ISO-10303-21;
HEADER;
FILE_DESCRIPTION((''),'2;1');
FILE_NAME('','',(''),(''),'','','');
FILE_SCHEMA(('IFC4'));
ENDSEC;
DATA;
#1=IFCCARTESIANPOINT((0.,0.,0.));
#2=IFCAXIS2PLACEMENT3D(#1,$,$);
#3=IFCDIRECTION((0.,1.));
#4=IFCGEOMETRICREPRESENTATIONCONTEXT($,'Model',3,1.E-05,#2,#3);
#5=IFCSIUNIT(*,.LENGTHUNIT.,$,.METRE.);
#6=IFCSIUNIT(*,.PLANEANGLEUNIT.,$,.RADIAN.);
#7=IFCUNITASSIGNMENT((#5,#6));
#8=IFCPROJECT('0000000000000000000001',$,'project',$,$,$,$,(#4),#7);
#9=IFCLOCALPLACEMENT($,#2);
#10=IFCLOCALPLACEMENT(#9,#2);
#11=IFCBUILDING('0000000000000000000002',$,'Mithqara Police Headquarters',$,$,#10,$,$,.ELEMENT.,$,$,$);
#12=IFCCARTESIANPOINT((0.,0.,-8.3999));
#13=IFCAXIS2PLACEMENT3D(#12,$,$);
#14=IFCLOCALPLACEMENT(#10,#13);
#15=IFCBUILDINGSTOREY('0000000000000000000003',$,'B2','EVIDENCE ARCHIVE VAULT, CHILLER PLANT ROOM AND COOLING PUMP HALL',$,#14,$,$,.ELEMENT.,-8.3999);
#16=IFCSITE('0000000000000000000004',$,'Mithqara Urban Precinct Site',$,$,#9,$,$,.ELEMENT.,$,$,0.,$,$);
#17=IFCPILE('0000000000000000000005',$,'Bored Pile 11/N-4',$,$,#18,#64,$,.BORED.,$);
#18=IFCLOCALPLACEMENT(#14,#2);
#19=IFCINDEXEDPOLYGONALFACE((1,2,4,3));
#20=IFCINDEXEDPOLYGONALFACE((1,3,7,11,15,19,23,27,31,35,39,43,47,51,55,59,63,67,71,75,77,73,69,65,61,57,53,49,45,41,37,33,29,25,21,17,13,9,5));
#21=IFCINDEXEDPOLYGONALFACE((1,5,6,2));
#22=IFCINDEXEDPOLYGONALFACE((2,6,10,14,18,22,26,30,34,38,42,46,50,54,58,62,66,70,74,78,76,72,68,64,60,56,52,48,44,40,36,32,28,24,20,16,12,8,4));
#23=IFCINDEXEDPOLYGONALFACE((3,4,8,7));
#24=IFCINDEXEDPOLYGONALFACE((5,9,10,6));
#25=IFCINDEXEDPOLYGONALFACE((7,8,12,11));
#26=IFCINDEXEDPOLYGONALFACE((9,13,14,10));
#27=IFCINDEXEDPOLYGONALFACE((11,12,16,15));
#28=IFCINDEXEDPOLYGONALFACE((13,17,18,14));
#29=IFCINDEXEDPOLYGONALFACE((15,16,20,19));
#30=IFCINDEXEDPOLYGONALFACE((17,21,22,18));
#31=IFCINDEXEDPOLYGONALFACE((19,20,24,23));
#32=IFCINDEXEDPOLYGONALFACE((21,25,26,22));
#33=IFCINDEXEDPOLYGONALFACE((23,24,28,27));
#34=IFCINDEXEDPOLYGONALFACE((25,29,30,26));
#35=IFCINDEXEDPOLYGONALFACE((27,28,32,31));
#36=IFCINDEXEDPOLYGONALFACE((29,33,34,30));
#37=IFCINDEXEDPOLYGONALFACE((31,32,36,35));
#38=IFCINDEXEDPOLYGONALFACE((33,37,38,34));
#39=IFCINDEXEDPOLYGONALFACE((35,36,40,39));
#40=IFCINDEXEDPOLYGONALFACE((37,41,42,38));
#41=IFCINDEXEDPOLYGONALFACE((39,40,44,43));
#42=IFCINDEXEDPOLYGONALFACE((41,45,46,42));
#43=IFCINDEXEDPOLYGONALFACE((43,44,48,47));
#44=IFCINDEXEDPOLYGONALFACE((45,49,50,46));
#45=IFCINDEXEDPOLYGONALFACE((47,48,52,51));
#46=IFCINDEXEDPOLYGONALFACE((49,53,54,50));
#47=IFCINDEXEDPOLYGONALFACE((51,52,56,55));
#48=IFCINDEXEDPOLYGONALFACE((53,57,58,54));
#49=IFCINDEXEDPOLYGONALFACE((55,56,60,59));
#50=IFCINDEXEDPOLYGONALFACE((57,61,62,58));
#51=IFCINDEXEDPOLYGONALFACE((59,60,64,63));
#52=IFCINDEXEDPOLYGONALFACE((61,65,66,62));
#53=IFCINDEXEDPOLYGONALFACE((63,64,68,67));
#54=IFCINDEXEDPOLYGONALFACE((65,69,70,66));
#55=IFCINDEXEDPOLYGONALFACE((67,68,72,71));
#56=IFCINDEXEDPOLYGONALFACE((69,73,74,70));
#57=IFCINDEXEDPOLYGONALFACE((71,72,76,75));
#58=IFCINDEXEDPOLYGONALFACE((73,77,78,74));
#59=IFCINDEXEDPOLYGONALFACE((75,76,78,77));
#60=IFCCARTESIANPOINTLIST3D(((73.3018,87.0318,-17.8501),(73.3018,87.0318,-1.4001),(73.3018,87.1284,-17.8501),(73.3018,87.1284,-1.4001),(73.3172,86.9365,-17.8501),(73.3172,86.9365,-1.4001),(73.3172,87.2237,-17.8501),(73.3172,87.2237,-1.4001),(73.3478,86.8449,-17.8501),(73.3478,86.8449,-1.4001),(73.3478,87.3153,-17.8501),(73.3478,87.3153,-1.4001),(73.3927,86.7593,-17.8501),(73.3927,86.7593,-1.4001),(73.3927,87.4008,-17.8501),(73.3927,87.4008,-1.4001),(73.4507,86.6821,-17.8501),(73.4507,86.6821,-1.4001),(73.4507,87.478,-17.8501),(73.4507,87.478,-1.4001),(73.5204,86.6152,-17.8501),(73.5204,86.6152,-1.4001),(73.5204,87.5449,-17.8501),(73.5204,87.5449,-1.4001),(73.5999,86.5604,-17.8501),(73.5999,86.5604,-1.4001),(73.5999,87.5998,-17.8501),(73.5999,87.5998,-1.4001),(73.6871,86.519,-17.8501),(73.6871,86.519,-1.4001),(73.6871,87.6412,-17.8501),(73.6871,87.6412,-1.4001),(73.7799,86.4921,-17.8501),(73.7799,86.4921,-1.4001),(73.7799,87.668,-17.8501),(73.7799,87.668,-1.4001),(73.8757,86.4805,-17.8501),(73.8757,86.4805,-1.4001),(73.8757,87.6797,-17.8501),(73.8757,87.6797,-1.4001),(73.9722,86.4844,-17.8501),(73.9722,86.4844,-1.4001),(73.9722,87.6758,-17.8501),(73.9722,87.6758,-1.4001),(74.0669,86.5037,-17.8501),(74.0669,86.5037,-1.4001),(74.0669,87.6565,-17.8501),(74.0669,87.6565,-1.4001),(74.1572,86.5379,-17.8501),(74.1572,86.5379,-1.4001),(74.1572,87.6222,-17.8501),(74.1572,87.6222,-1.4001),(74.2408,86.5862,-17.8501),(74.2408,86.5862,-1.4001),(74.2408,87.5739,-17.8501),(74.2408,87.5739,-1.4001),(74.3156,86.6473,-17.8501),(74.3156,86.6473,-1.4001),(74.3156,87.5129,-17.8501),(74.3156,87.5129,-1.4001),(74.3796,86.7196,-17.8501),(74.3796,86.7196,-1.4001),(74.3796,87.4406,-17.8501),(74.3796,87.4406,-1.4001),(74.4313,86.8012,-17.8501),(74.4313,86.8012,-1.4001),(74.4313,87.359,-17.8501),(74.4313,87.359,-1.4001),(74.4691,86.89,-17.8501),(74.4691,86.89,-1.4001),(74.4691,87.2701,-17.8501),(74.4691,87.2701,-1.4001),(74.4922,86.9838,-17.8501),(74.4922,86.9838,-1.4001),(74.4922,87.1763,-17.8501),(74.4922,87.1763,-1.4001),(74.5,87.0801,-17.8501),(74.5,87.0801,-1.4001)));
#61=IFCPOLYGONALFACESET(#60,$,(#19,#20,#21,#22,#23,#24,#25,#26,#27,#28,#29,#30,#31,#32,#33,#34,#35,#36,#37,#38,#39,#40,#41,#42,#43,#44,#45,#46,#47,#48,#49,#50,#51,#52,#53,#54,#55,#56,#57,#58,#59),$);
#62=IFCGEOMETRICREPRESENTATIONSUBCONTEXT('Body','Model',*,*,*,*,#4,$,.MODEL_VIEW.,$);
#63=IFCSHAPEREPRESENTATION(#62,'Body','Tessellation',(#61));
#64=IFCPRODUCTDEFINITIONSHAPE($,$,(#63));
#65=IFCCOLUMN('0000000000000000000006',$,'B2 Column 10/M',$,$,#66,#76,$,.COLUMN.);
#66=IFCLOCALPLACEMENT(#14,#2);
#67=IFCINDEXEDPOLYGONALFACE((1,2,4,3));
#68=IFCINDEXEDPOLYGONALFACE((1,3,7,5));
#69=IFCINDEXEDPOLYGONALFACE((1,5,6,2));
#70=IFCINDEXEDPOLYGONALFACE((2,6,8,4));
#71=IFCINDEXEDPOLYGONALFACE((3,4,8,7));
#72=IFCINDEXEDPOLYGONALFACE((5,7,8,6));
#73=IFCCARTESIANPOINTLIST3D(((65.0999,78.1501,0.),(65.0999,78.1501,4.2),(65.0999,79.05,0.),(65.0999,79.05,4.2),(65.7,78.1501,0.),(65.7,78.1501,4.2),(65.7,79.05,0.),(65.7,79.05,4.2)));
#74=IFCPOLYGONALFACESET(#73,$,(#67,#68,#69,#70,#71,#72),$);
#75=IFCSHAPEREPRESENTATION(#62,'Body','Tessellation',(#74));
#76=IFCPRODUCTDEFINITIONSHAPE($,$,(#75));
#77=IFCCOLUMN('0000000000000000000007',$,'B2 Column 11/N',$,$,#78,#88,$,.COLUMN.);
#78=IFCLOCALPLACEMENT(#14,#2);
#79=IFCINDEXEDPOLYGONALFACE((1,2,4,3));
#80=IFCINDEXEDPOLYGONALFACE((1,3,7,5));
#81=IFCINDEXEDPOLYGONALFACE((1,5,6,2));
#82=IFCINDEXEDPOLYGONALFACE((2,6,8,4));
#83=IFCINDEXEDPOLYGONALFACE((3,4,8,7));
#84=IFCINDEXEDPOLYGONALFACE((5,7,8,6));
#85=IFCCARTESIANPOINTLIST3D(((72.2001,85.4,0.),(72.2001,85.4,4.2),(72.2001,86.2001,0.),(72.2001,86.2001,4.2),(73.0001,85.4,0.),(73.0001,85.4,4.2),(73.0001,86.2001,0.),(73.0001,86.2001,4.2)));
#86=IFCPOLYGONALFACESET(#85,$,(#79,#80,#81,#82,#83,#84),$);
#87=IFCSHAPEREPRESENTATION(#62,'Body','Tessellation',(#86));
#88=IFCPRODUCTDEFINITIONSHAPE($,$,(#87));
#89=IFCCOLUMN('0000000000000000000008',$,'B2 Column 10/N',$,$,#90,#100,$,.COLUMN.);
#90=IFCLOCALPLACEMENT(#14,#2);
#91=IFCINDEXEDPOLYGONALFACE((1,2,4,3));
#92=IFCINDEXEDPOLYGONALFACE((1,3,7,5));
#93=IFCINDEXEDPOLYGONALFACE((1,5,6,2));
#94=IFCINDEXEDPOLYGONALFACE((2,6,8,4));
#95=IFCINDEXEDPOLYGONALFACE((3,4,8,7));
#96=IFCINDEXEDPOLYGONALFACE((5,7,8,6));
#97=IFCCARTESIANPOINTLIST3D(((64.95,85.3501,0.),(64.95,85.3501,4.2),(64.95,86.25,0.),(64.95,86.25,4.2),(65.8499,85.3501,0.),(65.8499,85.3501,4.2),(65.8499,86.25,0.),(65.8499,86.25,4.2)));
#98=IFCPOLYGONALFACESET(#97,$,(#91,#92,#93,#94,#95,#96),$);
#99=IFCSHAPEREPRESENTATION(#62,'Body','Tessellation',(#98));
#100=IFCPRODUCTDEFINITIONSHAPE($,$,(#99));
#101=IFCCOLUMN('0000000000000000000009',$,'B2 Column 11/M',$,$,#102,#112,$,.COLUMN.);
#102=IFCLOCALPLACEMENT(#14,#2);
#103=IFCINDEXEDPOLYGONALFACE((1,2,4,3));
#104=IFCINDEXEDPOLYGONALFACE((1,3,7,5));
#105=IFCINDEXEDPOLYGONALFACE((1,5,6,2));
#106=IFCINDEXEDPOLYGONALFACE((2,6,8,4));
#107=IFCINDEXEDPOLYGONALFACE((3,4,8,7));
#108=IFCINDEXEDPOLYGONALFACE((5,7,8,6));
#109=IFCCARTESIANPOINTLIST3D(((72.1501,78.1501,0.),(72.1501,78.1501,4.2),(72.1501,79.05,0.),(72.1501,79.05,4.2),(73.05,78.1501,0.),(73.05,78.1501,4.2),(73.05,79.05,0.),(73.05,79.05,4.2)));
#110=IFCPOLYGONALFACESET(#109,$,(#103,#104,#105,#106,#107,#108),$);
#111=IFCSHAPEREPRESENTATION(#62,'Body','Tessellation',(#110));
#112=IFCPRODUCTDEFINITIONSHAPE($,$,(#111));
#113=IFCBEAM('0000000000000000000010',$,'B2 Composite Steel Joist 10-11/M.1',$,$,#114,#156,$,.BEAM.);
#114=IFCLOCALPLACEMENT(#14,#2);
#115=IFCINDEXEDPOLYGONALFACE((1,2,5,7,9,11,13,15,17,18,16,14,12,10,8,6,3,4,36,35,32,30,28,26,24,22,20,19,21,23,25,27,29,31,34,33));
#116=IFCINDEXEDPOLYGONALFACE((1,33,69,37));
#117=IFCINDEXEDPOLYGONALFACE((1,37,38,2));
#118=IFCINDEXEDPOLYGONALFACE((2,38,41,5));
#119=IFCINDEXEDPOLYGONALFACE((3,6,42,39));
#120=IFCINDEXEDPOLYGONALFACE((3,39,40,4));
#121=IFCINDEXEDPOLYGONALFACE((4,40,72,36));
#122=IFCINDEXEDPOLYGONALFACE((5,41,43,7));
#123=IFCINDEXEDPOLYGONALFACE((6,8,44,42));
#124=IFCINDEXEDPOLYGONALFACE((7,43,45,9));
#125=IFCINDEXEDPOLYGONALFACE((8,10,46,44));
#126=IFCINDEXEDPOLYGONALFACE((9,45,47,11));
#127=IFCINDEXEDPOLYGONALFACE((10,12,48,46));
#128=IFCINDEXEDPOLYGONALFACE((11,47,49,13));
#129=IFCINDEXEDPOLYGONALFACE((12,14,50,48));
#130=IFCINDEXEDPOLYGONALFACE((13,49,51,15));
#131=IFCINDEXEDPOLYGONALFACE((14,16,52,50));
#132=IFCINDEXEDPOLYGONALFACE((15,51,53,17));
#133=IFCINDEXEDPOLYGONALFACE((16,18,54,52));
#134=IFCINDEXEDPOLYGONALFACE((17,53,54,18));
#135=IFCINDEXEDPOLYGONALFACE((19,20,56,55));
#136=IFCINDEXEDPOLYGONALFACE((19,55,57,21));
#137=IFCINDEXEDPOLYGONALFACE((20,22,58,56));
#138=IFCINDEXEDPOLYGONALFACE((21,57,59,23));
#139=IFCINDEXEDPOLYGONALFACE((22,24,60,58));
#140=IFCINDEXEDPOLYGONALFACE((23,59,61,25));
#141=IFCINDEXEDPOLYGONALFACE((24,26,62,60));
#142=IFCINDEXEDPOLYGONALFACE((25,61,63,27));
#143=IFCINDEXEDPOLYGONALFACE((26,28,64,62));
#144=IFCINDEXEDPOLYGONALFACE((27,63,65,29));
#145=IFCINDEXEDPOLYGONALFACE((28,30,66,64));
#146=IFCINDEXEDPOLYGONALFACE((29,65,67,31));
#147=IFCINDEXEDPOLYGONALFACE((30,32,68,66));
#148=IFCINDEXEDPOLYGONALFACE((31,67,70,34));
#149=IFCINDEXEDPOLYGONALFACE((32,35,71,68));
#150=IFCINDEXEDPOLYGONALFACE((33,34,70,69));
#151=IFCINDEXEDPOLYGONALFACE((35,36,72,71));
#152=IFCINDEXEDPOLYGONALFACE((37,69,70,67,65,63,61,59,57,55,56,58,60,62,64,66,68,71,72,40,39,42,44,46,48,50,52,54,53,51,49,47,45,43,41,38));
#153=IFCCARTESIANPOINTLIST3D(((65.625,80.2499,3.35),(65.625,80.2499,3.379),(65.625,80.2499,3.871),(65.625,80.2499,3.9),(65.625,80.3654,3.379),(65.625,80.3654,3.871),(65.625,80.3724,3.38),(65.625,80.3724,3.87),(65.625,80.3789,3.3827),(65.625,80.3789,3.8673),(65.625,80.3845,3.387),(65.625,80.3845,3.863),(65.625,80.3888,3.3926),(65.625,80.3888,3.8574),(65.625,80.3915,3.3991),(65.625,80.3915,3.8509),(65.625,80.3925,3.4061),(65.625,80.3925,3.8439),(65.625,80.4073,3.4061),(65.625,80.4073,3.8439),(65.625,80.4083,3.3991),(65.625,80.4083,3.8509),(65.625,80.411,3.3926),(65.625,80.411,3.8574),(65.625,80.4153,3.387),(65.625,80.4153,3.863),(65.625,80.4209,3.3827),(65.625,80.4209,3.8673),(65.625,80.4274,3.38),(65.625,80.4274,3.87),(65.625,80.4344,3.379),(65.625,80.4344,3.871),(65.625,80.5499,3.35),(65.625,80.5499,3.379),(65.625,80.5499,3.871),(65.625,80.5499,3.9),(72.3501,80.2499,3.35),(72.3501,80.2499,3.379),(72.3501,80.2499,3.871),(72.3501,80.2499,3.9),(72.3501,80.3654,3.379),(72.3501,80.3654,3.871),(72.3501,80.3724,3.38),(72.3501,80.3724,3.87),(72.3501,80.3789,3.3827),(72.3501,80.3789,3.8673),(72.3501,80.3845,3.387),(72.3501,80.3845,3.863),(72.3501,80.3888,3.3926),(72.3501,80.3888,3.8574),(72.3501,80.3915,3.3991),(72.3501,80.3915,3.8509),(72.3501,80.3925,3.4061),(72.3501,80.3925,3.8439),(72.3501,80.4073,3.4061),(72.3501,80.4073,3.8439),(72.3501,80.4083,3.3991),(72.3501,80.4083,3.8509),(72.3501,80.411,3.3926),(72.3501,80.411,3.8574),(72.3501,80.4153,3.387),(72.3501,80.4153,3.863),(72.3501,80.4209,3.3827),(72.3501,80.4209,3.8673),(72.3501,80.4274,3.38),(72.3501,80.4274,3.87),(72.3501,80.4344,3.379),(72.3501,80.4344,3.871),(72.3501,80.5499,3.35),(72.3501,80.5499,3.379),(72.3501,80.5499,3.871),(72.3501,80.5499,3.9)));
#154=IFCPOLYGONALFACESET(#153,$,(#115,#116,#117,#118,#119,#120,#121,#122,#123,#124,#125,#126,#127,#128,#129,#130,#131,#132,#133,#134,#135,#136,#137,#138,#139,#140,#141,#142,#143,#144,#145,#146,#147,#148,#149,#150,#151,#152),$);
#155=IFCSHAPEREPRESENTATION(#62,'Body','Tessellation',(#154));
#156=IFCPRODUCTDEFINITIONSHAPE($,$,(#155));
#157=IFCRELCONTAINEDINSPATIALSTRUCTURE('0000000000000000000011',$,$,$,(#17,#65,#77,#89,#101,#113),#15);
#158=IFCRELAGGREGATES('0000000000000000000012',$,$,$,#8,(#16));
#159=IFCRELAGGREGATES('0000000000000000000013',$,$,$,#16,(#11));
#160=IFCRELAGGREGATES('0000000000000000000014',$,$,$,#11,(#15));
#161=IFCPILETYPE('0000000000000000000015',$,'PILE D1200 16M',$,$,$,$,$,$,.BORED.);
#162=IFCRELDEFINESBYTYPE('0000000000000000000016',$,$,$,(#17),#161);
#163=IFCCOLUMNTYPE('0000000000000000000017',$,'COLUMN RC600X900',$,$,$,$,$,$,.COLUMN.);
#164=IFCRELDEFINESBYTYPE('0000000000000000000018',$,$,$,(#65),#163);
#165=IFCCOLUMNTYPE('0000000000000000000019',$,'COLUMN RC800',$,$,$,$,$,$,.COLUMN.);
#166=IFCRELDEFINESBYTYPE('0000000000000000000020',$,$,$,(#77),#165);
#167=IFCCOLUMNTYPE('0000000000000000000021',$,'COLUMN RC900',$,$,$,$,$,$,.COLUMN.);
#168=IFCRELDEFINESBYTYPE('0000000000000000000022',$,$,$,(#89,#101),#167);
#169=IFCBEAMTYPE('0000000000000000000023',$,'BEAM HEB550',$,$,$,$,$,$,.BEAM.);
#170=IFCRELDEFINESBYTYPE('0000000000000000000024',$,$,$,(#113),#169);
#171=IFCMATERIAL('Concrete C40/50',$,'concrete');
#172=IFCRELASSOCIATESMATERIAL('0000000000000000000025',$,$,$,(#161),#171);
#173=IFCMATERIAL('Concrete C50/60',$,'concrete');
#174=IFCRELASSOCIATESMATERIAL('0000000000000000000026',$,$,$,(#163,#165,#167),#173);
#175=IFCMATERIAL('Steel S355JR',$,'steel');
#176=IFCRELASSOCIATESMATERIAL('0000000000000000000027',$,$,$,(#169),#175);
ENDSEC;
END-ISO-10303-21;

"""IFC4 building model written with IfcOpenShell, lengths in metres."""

from ifc_helpers import new_model, si_unit, direction, frame, origin, origin_2d, place, context, subcontext, project, spatial, rectangle, circle, i_section, extrude, material, material_profile, profile_set, type_object, element, save


model = new_model("IFC4")

# Units and contexts
model_context = context("Model", 3, precision=1e-05, world=origin(), true_north=direction((0.0, 1.0)))
body_context = subcontext(model_context, "Body", "Model", "MODEL_VIEW")
ifc_project = project(units=[si_unit("LENGTHUNIT", "METRE"), si_unit("PLANEANGLEUNIT", "RADIAN")], contexts=[model_context])

# Site, building, storey
site_placement = place(None, origin())
site = spatial("IfcSite", under=ifc_project, at=site_placement, Name="Mithqara Urban Precinct Site", CompositionType="ELEMENT", RefElevation=0.0)
building_placement = place(site_placement, origin())
building = spatial("IfcBuilding", under=site, at=building_placement, Name="Mithqara Police Headquarters", CompositionType="ELEMENT")
storey_placement = place(building_placement, frame((0.0, 0.0, -8.3999)))
storey = spatial("IfcBuildingStorey", under=building, at=storey_placement, Name="B2", Description="EVIDENCE ARCHIVE VAULT, CHILLER PLANT ROOM AND COOLING PUMP HALL", CompositionType="ELEMENT", Elevation=-8.3999)

# Shared definitions
ifc_material_1 = material(Name="Concrete C40/50", Category="concrete")

# Pile
ifc_material_profile_1 = material_profile(ifc_material_1, circle(Radius=0.6001, at=origin_2d()), Name="PILE D1200")
ifc_profile_set_1 = profile_set([ifc_material_profile_1], Name="Concrete C40/50")
pile_type = type_object("IfcPileType", Name="PILE D1200 16M", PredefinedType="BORED", material=ifc_profile_set_1)
for number, where, z_axis, x_axis, name in (
    (1, (73.8999, 87.0801, -1.4001), (0.0, 0.0, -1.0), (1.0, 0.0, 0.0), "Bored Pile 11/N-4"),
):
    element("IfcPile", number, at=place(storey_placement, frame(where, z_axis=z_axis, x_axis=x_axis)), inside=storey, type_object=pile_type, Name=name, PredefinedType="BORED", context=body_context, shape_type="SweptSolid", body=[
        extrude(circle(Radius=0.6001, at=origin_2d()), origin(), (0.0, 0.0, 1.0), 16.45),
    ])

# Columns
ifc_material_2 = material(Name="Concrete C50/60", Category="concrete")
ifc_material_profile_2 = material_profile(ifc_material_2, rectangle(XDim=0.6001, YDim=0.8999, at=origin_2d()), Name="RC 600x900")
ifc_profile_set_2 = profile_set([ifc_material_profile_2], Name="Concrete C50/60")
column_type_1 = type_object("IfcColumnType", Name="COLUMN RC600X900", PredefinedType="COLUMN", material=ifc_profile_set_2)
column_1_placement = place(storey_placement, frame((65.3999, 78.6001, 0.0), z_axis=(0.0, 0.0, 1.0), x_axis=(1.0, 0.0, 0.0)))
element("IfcColumn", 2, at=column_1_placement, inside=storey, type_object=column_type_1, Name="B2 Column 10/M", PredefinedType="COLUMN", context=body_context, shape_type="SweptSolid", body=[
    extrude(rectangle(XDim=0.6001, YDim=0.8999, at=origin_2d()), origin(), (0.0, 0.0, 1.0), 4.2),
])
ifc_material_profile_3 = material_profile(ifc_material_2, rectangle(XDim=0.8, YDim=0.8, at=origin_2d()), Name="RC 800x800")
ifc_profile_set_3 = profile_set([ifc_material_profile_3], Name="Concrete C50/60")
column_type_2 = type_object("IfcColumnType", Name="COLUMN RC800", PredefinedType="COLUMN", material=ifc_profile_set_3)
column_2_placement = place(storey_placement, frame((72.6001, 85.8, 0.0), z_axis=(0.0, 0.0, 1.0), x_axis=(1.0, 0.0, 0.0)))
element("IfcColumn", 3, at=column_2_placement, inside=storey, type_object=column_type_2, Name="B2 Column 11/N", PredefinedType="COLUMN", context=body_context, shape_type="SweptSolid", body=[
    extrude(rectangle(XDim=0.8, YDim=0.8, at=origin_2d()), origin(), (0.0, 0.0, 1.0), 4.2),
])
ifc_material_profile_4 = material_profile(ifc_material_2, rectangle(XDim=0.8999, YDim=0.8999, at=origin_2d()), Name="RC 900x900")
ifc_profile_set_4 = profile_set([ifc_material_profile_4], Name="Concrete C50/60")
column_type_3 = type_object("IfcColumnType", Name="COLUMN RC900", PredefinedType="COLUMN", material=ifc_profile_set_4)
for number, where, z_axis, x_axis, name in (
    (4, (65.3999, 85.8, 0.0), (0.0, 0.0, 1.0), (1.0, 0.0, 0.0), "B2 Column 10/N"),
    (5, (72.6001, 78.6001, 0.0), (0.0, 0.0, 1.0), (1.0, 0.0, 0.0), "B2 Column 11/M"),
):
    element("IfcColumn", number, at=place(storey_placement, frame(where, z_axis=z_axis, x_axis=x_axis)), inside=storey, type_object=column_type_3, Name=name, PredefinedType="COLUMN", context=body_context, shape_type="SweptSolid", body=[
        extrude(rectangle(XDim=0.8999, YDim=0.8999, at=origin_2d()), origin(), (0.0, 0.0, 1.0), 4.2),
    ])

# Beam
ifc_material_3 = material(Name="Steel S355JR", Category="steel")
ifc_material_profile_5 = material_profile(ifc_material_3, i_section(OverallWidth=0.3, OverallDepth=0.55, WebThickness=0.0149, FlangeThickness=0.0291, FilletRadius=0.0271, at=origin_2d()), Name="HEB 550")
ifc_profile_set_5 = profile_set([ifc_material_profile_5], Name="Steel S355JR")
beam_type_1 = type_object("IfcBeamType", Name="BEAM HEB550", PredefinedType="BEAM", material=ifc_profile_set_5)
for number, where, z_axis, x_axis, name in (
    (6, (65.625, 80.3999, 3.625), (1.0, 0.0, 0.0), (0.0, 1.0, 0.0), "B2 Composite Steel Joist 10-11/M.1"),
):
    element("IfcBeam", number, at=place(storey_placement, frame(where, z_axis=z_axis, x_axis=x_axis)), inside=storey, type_object=beam_type_1, Name=name, PredefinedType="BEAM", context=body_context, shape_type="SweptSolid", body=[
        extrude(i_section(OverallWidth=0.3, OverallDepth=0.55, WebThickness=0.0149, FlangeThickness=0.0291, FilletRadius=0.0271, at=origin_2d()), origin(), (0.0, 0.0, 1.0), 6.7251),
    ])

save(model, "model.ifc")
